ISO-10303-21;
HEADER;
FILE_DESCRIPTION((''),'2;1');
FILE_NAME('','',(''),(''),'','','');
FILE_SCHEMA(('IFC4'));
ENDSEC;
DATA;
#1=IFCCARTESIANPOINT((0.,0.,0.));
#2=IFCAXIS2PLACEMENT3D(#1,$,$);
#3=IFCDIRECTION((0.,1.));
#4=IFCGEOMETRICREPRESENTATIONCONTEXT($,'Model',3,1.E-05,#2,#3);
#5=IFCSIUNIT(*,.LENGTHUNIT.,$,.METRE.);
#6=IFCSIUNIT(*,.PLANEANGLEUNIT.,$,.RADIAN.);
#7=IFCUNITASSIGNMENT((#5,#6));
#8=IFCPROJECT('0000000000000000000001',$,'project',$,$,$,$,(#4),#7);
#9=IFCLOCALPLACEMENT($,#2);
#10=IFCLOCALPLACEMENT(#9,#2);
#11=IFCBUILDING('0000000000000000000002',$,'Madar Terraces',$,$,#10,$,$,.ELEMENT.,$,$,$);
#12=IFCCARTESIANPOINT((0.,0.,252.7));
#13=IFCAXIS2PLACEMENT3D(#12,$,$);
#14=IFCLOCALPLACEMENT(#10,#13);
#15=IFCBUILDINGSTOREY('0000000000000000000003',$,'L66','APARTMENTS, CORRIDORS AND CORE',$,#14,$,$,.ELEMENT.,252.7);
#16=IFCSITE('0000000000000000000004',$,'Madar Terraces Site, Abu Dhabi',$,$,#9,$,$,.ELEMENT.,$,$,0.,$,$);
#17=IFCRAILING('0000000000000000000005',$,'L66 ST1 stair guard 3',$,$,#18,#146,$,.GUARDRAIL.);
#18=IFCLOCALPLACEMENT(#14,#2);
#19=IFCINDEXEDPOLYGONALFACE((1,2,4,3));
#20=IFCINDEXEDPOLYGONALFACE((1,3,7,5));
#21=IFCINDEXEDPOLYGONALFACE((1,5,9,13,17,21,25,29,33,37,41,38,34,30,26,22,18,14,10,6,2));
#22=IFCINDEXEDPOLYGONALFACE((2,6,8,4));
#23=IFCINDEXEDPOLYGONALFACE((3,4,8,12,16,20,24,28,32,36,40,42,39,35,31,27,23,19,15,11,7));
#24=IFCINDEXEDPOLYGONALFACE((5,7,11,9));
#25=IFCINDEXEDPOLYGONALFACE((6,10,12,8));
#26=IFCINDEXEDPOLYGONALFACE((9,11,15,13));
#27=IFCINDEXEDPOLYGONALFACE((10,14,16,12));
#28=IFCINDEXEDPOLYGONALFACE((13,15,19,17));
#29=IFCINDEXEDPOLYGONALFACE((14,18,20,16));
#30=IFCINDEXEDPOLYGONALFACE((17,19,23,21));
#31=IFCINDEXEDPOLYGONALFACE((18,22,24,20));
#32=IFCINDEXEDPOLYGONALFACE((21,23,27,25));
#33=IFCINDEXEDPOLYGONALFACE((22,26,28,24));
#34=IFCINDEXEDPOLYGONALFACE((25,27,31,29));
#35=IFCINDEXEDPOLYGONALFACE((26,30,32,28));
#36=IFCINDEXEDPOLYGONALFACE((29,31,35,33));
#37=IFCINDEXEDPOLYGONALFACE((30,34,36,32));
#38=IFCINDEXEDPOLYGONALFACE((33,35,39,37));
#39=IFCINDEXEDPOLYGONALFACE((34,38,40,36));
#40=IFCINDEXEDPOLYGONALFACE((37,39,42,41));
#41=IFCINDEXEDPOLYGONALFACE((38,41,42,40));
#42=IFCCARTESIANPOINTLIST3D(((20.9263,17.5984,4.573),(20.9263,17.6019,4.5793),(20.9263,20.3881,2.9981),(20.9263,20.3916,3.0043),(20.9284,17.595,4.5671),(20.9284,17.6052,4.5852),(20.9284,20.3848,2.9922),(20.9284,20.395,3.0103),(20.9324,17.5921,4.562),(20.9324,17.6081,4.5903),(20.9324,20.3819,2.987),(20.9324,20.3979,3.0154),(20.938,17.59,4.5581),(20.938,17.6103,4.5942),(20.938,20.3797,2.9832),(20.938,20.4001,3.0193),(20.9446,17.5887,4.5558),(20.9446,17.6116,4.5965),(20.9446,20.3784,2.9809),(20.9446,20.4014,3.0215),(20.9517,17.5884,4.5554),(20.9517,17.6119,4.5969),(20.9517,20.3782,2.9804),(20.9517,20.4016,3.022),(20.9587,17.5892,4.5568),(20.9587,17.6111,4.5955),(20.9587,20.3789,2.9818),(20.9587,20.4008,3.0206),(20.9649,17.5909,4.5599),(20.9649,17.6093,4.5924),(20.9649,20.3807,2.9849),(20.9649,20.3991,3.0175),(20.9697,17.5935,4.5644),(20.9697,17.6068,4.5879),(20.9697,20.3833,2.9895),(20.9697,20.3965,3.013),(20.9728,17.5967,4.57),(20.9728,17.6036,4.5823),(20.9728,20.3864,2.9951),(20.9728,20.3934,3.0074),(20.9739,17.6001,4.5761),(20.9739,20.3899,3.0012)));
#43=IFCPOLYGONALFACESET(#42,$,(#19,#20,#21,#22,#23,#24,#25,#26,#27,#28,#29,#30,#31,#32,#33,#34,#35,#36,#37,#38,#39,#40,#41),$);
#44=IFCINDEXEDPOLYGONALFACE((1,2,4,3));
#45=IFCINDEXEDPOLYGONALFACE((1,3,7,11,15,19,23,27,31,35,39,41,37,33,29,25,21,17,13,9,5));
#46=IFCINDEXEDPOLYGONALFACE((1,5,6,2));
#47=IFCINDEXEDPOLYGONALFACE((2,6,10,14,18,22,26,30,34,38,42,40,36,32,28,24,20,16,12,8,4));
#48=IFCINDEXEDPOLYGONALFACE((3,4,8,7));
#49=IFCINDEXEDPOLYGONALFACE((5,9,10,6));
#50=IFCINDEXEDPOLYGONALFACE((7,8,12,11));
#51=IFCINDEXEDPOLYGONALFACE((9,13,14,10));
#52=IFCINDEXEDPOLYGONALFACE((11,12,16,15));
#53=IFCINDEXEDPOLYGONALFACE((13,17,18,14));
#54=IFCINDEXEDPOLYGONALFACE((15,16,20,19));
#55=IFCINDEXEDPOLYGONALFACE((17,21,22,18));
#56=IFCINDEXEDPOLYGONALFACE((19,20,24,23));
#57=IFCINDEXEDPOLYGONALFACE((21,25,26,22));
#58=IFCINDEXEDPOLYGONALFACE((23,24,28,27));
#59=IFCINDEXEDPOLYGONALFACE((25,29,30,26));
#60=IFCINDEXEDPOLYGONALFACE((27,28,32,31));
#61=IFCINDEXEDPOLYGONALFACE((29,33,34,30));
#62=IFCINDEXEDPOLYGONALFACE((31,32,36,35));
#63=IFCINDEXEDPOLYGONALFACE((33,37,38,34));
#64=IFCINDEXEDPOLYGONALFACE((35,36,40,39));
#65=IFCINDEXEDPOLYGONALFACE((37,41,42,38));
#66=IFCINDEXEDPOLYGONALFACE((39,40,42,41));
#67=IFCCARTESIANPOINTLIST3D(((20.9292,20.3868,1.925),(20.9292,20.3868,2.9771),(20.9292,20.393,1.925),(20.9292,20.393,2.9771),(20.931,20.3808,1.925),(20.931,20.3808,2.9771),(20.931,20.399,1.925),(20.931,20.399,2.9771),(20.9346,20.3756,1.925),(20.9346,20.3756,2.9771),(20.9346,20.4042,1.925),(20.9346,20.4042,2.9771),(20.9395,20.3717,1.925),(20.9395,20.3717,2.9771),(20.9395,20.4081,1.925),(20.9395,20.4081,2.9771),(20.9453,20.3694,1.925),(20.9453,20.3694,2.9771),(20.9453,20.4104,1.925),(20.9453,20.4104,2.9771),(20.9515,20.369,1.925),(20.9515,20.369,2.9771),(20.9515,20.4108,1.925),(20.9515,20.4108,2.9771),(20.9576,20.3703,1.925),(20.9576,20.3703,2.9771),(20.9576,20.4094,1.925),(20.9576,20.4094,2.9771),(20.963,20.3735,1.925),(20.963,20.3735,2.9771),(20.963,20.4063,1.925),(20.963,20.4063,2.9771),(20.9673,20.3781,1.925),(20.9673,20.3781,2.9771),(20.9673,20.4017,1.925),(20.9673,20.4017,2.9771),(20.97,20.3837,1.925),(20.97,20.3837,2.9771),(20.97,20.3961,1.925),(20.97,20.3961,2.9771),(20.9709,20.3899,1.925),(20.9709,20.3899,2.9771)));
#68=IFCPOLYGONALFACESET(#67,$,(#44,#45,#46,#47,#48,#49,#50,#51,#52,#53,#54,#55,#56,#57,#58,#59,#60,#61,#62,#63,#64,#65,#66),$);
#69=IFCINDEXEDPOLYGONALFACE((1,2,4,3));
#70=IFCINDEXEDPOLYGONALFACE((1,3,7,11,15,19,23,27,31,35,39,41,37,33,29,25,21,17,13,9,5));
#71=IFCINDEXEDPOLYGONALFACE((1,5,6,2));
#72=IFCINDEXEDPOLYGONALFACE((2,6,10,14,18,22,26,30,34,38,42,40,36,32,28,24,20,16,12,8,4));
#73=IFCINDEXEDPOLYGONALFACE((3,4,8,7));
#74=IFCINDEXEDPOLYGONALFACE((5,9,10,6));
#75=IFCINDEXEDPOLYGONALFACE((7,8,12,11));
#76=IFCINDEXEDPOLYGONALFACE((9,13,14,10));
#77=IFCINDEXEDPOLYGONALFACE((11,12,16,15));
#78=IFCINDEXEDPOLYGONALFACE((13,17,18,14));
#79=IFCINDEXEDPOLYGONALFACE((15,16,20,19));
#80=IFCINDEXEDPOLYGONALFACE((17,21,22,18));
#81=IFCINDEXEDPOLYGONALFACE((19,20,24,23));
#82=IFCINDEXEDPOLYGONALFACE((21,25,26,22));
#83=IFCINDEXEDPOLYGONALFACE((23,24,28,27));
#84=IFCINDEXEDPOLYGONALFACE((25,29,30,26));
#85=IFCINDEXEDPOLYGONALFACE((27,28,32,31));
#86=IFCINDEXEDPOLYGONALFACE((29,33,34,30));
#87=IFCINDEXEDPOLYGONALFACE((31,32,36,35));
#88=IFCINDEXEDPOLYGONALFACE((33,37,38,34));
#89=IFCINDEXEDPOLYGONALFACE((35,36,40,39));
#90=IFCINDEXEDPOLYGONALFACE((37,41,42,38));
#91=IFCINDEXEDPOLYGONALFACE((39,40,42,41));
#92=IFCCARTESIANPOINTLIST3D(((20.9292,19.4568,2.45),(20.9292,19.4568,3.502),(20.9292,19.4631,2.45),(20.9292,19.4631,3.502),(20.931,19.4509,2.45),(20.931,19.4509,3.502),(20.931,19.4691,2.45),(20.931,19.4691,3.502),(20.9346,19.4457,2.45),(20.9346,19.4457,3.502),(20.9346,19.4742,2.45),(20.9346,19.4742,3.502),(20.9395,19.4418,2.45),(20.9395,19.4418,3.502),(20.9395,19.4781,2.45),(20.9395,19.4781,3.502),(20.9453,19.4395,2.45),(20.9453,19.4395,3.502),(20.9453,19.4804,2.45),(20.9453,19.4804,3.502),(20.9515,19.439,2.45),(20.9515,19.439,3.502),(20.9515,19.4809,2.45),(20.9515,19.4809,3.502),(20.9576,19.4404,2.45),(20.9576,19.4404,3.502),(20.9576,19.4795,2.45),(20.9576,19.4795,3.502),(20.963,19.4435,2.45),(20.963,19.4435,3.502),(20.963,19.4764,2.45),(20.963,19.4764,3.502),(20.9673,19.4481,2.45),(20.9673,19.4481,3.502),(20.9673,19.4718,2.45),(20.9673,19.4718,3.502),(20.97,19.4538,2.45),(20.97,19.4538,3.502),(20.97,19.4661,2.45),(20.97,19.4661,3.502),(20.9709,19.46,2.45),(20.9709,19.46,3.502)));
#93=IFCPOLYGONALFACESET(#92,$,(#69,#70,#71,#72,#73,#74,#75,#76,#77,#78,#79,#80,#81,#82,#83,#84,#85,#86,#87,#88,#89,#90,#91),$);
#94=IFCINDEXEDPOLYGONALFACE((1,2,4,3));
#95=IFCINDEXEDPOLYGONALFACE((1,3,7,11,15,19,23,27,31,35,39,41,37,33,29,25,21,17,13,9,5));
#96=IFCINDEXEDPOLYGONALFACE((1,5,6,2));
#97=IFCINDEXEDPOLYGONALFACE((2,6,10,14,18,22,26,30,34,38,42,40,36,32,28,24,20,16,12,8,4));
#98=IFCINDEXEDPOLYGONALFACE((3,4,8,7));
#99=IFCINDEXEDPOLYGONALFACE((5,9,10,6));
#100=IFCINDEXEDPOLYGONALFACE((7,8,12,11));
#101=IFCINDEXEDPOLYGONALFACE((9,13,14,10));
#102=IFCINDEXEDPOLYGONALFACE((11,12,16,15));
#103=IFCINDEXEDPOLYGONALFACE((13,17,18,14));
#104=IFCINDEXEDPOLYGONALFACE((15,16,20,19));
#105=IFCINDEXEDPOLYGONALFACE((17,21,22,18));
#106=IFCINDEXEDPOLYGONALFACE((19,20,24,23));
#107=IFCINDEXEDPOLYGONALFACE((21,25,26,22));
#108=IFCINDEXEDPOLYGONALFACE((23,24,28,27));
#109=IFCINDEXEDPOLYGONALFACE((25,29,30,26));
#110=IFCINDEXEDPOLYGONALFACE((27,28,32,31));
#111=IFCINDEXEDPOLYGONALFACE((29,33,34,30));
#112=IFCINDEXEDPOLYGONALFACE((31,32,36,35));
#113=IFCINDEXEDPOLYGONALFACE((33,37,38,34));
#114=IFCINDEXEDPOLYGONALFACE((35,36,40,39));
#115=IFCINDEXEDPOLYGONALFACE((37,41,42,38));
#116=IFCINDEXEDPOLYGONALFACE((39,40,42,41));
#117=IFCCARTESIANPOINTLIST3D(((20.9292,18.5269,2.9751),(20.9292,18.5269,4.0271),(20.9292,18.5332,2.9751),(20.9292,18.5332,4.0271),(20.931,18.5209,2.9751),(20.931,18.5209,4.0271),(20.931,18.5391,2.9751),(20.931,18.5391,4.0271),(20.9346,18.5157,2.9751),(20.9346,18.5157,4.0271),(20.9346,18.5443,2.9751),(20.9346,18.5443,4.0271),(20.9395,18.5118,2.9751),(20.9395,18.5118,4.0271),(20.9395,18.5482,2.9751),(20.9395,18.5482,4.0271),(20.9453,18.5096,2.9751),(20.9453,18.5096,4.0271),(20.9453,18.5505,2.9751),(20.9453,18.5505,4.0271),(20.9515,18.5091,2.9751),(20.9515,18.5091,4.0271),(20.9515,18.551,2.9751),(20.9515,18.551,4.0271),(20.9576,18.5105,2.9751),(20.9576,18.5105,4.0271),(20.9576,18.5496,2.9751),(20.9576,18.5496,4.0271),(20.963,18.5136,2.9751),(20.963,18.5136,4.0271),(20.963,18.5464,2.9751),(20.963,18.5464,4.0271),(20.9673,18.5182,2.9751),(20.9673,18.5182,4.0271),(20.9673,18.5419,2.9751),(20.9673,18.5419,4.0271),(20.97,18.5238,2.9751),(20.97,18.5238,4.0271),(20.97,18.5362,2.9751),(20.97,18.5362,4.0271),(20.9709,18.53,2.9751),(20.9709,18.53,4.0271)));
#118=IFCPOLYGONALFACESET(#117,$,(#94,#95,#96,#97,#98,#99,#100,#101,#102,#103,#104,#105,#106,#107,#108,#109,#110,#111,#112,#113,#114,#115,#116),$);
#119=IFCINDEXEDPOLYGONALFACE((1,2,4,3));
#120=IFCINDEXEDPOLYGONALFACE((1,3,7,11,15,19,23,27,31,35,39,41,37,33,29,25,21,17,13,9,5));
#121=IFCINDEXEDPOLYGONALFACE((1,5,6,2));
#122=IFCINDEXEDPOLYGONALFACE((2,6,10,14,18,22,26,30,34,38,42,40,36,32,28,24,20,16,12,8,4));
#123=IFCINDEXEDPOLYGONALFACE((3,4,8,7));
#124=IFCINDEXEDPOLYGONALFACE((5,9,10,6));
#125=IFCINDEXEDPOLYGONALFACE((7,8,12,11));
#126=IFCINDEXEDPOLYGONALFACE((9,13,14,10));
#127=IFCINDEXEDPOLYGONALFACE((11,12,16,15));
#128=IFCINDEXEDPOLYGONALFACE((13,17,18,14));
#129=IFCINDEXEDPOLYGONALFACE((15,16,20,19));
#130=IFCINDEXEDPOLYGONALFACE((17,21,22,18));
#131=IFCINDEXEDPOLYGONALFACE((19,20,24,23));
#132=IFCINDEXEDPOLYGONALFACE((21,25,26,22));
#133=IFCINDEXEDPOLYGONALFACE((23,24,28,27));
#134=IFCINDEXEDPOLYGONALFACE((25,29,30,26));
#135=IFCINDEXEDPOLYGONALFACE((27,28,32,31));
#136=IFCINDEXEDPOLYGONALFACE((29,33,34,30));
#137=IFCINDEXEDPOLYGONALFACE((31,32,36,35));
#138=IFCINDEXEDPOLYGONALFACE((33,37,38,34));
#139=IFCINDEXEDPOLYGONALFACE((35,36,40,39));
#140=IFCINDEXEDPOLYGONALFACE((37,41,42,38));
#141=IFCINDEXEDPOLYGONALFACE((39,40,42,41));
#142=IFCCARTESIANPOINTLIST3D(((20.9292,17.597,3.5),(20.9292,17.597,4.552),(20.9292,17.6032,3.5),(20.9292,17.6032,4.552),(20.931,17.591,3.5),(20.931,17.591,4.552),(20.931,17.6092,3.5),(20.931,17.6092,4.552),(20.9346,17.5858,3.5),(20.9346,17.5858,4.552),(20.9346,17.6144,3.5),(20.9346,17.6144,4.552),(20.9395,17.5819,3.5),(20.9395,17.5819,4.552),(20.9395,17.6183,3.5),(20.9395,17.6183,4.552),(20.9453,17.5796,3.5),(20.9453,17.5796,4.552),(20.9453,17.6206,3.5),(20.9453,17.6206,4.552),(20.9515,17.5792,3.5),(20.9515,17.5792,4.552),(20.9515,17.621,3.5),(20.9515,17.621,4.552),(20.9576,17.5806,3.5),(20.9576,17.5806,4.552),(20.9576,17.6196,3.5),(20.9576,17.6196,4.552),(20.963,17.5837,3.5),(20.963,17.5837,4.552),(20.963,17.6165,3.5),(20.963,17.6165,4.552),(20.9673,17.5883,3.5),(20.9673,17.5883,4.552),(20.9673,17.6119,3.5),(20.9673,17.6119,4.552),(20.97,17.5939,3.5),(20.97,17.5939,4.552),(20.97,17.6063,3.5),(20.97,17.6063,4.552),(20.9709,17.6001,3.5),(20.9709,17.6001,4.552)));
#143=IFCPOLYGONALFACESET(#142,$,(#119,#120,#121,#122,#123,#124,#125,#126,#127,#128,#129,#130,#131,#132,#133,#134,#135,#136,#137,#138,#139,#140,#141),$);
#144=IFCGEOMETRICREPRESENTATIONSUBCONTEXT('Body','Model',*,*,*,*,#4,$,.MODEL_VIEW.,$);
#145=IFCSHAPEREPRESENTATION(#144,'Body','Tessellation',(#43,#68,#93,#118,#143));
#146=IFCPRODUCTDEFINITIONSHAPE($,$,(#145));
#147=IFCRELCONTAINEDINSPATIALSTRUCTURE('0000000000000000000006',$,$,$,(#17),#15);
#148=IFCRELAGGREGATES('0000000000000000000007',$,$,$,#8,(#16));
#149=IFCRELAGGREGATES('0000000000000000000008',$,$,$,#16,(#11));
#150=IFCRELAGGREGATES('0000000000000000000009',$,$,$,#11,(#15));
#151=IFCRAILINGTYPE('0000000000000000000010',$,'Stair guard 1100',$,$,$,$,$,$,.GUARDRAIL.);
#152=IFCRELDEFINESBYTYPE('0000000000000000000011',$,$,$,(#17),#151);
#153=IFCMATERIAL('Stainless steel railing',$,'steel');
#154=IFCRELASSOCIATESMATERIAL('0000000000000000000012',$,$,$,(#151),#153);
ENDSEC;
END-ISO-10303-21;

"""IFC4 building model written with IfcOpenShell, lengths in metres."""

from ifc_helpers import new_model, si_unit, direction, frame, origin, origin_2d, place, context, subcontext, project, spatial, circle, extrude, material, type_object, element, save


model = new_model("IFC4")

# Units and contexts
model_context = context("Model", 3, precision=1e-05, world=origin(), true_north=direction((0.0, 1.0)))
body_context = subcontext(model_context, "Body", "Model", "MODEL_VIEW")
ifc_project = project(units=[si_unit("LENGTHUNIT", "METRE"), si_unit("PLANEANGLEUNIT", "RADIAN")], contexts=[model_context])

# Site, building, storey
site_placement = place(None, origin())
site = spatial("IfcSite", under=ifc_project, at=site_placement, Name="Madar Terraces Site, Abu Dhabi", CompositionType="ELEMENT", RefElevation=0.0)
building_placement = place(site_placement, origin())
building = spatial("IfcBuilding", under=site, at=building_placement, Name="Madar Terraces", CompositionType="ELEMENT")
storey_placement = place(building_placement, frame((0.0, 0.0, 252.7)))
storey = spatial("IfcBuildingStorey", under=building, at=storey_placement, Name="L66", Description="APARTMENTS, CORRIDORS AND CORE", CompositionType="ELEMENT", Elevation=252.7)

# Railing
ifc_material_1 = material(Name="Stainless steel railing", Category="steel")
railing_type_1 = type_object("IfcRailingType", Name="Stair guard 1100", PredefinedType="GUARDRAIL", material=ifc_material_1)
railing_1_placement = place(storey_placement, frame((20.95, 20.3899, 1.925)))
element("IfcRailing", 1, at=railing_1_placement, inside=storey, type_object=railing_type_1, Name="L66 ST1 stair guard 3", PredefinedType="GUARDRAIL", context=body_context, shape_type="SweptSolid", body=[
    extrude(circle(Radius=0.0239, at=origin_2d()), frame((0.0, 0.0, 1.0762), z_axis=(0.0, -0.870815, 0.49161), x_axis=(1.0, 0.0, 0.0)), (0.0, 0.0, 1.0), 3.2036),
    extrude(circle(Radius=0.021, at=origin_2d()), origin(), (0.0, 0.0, 1.0), 1.052),
    extrude(circle(Radius=0.021, at=origin_2d()), frame((0.0, -0.9299, 0.5249)), (0.0, 0.0, 1.0), 1.052),
    extrude(circle(Radius=0.021, at=origin_2d()), frame((0.0, -1.8599, 1.05)), (0.0, 0.0, 1.0), 1.052),
    extrude(circle(Radius=0.021, at=origin_2d()), frame((0.0, -2.7898, 1.575)), (0.0, 0.0, 1.0), 1.052),
])

save(model, "model.ifc")
